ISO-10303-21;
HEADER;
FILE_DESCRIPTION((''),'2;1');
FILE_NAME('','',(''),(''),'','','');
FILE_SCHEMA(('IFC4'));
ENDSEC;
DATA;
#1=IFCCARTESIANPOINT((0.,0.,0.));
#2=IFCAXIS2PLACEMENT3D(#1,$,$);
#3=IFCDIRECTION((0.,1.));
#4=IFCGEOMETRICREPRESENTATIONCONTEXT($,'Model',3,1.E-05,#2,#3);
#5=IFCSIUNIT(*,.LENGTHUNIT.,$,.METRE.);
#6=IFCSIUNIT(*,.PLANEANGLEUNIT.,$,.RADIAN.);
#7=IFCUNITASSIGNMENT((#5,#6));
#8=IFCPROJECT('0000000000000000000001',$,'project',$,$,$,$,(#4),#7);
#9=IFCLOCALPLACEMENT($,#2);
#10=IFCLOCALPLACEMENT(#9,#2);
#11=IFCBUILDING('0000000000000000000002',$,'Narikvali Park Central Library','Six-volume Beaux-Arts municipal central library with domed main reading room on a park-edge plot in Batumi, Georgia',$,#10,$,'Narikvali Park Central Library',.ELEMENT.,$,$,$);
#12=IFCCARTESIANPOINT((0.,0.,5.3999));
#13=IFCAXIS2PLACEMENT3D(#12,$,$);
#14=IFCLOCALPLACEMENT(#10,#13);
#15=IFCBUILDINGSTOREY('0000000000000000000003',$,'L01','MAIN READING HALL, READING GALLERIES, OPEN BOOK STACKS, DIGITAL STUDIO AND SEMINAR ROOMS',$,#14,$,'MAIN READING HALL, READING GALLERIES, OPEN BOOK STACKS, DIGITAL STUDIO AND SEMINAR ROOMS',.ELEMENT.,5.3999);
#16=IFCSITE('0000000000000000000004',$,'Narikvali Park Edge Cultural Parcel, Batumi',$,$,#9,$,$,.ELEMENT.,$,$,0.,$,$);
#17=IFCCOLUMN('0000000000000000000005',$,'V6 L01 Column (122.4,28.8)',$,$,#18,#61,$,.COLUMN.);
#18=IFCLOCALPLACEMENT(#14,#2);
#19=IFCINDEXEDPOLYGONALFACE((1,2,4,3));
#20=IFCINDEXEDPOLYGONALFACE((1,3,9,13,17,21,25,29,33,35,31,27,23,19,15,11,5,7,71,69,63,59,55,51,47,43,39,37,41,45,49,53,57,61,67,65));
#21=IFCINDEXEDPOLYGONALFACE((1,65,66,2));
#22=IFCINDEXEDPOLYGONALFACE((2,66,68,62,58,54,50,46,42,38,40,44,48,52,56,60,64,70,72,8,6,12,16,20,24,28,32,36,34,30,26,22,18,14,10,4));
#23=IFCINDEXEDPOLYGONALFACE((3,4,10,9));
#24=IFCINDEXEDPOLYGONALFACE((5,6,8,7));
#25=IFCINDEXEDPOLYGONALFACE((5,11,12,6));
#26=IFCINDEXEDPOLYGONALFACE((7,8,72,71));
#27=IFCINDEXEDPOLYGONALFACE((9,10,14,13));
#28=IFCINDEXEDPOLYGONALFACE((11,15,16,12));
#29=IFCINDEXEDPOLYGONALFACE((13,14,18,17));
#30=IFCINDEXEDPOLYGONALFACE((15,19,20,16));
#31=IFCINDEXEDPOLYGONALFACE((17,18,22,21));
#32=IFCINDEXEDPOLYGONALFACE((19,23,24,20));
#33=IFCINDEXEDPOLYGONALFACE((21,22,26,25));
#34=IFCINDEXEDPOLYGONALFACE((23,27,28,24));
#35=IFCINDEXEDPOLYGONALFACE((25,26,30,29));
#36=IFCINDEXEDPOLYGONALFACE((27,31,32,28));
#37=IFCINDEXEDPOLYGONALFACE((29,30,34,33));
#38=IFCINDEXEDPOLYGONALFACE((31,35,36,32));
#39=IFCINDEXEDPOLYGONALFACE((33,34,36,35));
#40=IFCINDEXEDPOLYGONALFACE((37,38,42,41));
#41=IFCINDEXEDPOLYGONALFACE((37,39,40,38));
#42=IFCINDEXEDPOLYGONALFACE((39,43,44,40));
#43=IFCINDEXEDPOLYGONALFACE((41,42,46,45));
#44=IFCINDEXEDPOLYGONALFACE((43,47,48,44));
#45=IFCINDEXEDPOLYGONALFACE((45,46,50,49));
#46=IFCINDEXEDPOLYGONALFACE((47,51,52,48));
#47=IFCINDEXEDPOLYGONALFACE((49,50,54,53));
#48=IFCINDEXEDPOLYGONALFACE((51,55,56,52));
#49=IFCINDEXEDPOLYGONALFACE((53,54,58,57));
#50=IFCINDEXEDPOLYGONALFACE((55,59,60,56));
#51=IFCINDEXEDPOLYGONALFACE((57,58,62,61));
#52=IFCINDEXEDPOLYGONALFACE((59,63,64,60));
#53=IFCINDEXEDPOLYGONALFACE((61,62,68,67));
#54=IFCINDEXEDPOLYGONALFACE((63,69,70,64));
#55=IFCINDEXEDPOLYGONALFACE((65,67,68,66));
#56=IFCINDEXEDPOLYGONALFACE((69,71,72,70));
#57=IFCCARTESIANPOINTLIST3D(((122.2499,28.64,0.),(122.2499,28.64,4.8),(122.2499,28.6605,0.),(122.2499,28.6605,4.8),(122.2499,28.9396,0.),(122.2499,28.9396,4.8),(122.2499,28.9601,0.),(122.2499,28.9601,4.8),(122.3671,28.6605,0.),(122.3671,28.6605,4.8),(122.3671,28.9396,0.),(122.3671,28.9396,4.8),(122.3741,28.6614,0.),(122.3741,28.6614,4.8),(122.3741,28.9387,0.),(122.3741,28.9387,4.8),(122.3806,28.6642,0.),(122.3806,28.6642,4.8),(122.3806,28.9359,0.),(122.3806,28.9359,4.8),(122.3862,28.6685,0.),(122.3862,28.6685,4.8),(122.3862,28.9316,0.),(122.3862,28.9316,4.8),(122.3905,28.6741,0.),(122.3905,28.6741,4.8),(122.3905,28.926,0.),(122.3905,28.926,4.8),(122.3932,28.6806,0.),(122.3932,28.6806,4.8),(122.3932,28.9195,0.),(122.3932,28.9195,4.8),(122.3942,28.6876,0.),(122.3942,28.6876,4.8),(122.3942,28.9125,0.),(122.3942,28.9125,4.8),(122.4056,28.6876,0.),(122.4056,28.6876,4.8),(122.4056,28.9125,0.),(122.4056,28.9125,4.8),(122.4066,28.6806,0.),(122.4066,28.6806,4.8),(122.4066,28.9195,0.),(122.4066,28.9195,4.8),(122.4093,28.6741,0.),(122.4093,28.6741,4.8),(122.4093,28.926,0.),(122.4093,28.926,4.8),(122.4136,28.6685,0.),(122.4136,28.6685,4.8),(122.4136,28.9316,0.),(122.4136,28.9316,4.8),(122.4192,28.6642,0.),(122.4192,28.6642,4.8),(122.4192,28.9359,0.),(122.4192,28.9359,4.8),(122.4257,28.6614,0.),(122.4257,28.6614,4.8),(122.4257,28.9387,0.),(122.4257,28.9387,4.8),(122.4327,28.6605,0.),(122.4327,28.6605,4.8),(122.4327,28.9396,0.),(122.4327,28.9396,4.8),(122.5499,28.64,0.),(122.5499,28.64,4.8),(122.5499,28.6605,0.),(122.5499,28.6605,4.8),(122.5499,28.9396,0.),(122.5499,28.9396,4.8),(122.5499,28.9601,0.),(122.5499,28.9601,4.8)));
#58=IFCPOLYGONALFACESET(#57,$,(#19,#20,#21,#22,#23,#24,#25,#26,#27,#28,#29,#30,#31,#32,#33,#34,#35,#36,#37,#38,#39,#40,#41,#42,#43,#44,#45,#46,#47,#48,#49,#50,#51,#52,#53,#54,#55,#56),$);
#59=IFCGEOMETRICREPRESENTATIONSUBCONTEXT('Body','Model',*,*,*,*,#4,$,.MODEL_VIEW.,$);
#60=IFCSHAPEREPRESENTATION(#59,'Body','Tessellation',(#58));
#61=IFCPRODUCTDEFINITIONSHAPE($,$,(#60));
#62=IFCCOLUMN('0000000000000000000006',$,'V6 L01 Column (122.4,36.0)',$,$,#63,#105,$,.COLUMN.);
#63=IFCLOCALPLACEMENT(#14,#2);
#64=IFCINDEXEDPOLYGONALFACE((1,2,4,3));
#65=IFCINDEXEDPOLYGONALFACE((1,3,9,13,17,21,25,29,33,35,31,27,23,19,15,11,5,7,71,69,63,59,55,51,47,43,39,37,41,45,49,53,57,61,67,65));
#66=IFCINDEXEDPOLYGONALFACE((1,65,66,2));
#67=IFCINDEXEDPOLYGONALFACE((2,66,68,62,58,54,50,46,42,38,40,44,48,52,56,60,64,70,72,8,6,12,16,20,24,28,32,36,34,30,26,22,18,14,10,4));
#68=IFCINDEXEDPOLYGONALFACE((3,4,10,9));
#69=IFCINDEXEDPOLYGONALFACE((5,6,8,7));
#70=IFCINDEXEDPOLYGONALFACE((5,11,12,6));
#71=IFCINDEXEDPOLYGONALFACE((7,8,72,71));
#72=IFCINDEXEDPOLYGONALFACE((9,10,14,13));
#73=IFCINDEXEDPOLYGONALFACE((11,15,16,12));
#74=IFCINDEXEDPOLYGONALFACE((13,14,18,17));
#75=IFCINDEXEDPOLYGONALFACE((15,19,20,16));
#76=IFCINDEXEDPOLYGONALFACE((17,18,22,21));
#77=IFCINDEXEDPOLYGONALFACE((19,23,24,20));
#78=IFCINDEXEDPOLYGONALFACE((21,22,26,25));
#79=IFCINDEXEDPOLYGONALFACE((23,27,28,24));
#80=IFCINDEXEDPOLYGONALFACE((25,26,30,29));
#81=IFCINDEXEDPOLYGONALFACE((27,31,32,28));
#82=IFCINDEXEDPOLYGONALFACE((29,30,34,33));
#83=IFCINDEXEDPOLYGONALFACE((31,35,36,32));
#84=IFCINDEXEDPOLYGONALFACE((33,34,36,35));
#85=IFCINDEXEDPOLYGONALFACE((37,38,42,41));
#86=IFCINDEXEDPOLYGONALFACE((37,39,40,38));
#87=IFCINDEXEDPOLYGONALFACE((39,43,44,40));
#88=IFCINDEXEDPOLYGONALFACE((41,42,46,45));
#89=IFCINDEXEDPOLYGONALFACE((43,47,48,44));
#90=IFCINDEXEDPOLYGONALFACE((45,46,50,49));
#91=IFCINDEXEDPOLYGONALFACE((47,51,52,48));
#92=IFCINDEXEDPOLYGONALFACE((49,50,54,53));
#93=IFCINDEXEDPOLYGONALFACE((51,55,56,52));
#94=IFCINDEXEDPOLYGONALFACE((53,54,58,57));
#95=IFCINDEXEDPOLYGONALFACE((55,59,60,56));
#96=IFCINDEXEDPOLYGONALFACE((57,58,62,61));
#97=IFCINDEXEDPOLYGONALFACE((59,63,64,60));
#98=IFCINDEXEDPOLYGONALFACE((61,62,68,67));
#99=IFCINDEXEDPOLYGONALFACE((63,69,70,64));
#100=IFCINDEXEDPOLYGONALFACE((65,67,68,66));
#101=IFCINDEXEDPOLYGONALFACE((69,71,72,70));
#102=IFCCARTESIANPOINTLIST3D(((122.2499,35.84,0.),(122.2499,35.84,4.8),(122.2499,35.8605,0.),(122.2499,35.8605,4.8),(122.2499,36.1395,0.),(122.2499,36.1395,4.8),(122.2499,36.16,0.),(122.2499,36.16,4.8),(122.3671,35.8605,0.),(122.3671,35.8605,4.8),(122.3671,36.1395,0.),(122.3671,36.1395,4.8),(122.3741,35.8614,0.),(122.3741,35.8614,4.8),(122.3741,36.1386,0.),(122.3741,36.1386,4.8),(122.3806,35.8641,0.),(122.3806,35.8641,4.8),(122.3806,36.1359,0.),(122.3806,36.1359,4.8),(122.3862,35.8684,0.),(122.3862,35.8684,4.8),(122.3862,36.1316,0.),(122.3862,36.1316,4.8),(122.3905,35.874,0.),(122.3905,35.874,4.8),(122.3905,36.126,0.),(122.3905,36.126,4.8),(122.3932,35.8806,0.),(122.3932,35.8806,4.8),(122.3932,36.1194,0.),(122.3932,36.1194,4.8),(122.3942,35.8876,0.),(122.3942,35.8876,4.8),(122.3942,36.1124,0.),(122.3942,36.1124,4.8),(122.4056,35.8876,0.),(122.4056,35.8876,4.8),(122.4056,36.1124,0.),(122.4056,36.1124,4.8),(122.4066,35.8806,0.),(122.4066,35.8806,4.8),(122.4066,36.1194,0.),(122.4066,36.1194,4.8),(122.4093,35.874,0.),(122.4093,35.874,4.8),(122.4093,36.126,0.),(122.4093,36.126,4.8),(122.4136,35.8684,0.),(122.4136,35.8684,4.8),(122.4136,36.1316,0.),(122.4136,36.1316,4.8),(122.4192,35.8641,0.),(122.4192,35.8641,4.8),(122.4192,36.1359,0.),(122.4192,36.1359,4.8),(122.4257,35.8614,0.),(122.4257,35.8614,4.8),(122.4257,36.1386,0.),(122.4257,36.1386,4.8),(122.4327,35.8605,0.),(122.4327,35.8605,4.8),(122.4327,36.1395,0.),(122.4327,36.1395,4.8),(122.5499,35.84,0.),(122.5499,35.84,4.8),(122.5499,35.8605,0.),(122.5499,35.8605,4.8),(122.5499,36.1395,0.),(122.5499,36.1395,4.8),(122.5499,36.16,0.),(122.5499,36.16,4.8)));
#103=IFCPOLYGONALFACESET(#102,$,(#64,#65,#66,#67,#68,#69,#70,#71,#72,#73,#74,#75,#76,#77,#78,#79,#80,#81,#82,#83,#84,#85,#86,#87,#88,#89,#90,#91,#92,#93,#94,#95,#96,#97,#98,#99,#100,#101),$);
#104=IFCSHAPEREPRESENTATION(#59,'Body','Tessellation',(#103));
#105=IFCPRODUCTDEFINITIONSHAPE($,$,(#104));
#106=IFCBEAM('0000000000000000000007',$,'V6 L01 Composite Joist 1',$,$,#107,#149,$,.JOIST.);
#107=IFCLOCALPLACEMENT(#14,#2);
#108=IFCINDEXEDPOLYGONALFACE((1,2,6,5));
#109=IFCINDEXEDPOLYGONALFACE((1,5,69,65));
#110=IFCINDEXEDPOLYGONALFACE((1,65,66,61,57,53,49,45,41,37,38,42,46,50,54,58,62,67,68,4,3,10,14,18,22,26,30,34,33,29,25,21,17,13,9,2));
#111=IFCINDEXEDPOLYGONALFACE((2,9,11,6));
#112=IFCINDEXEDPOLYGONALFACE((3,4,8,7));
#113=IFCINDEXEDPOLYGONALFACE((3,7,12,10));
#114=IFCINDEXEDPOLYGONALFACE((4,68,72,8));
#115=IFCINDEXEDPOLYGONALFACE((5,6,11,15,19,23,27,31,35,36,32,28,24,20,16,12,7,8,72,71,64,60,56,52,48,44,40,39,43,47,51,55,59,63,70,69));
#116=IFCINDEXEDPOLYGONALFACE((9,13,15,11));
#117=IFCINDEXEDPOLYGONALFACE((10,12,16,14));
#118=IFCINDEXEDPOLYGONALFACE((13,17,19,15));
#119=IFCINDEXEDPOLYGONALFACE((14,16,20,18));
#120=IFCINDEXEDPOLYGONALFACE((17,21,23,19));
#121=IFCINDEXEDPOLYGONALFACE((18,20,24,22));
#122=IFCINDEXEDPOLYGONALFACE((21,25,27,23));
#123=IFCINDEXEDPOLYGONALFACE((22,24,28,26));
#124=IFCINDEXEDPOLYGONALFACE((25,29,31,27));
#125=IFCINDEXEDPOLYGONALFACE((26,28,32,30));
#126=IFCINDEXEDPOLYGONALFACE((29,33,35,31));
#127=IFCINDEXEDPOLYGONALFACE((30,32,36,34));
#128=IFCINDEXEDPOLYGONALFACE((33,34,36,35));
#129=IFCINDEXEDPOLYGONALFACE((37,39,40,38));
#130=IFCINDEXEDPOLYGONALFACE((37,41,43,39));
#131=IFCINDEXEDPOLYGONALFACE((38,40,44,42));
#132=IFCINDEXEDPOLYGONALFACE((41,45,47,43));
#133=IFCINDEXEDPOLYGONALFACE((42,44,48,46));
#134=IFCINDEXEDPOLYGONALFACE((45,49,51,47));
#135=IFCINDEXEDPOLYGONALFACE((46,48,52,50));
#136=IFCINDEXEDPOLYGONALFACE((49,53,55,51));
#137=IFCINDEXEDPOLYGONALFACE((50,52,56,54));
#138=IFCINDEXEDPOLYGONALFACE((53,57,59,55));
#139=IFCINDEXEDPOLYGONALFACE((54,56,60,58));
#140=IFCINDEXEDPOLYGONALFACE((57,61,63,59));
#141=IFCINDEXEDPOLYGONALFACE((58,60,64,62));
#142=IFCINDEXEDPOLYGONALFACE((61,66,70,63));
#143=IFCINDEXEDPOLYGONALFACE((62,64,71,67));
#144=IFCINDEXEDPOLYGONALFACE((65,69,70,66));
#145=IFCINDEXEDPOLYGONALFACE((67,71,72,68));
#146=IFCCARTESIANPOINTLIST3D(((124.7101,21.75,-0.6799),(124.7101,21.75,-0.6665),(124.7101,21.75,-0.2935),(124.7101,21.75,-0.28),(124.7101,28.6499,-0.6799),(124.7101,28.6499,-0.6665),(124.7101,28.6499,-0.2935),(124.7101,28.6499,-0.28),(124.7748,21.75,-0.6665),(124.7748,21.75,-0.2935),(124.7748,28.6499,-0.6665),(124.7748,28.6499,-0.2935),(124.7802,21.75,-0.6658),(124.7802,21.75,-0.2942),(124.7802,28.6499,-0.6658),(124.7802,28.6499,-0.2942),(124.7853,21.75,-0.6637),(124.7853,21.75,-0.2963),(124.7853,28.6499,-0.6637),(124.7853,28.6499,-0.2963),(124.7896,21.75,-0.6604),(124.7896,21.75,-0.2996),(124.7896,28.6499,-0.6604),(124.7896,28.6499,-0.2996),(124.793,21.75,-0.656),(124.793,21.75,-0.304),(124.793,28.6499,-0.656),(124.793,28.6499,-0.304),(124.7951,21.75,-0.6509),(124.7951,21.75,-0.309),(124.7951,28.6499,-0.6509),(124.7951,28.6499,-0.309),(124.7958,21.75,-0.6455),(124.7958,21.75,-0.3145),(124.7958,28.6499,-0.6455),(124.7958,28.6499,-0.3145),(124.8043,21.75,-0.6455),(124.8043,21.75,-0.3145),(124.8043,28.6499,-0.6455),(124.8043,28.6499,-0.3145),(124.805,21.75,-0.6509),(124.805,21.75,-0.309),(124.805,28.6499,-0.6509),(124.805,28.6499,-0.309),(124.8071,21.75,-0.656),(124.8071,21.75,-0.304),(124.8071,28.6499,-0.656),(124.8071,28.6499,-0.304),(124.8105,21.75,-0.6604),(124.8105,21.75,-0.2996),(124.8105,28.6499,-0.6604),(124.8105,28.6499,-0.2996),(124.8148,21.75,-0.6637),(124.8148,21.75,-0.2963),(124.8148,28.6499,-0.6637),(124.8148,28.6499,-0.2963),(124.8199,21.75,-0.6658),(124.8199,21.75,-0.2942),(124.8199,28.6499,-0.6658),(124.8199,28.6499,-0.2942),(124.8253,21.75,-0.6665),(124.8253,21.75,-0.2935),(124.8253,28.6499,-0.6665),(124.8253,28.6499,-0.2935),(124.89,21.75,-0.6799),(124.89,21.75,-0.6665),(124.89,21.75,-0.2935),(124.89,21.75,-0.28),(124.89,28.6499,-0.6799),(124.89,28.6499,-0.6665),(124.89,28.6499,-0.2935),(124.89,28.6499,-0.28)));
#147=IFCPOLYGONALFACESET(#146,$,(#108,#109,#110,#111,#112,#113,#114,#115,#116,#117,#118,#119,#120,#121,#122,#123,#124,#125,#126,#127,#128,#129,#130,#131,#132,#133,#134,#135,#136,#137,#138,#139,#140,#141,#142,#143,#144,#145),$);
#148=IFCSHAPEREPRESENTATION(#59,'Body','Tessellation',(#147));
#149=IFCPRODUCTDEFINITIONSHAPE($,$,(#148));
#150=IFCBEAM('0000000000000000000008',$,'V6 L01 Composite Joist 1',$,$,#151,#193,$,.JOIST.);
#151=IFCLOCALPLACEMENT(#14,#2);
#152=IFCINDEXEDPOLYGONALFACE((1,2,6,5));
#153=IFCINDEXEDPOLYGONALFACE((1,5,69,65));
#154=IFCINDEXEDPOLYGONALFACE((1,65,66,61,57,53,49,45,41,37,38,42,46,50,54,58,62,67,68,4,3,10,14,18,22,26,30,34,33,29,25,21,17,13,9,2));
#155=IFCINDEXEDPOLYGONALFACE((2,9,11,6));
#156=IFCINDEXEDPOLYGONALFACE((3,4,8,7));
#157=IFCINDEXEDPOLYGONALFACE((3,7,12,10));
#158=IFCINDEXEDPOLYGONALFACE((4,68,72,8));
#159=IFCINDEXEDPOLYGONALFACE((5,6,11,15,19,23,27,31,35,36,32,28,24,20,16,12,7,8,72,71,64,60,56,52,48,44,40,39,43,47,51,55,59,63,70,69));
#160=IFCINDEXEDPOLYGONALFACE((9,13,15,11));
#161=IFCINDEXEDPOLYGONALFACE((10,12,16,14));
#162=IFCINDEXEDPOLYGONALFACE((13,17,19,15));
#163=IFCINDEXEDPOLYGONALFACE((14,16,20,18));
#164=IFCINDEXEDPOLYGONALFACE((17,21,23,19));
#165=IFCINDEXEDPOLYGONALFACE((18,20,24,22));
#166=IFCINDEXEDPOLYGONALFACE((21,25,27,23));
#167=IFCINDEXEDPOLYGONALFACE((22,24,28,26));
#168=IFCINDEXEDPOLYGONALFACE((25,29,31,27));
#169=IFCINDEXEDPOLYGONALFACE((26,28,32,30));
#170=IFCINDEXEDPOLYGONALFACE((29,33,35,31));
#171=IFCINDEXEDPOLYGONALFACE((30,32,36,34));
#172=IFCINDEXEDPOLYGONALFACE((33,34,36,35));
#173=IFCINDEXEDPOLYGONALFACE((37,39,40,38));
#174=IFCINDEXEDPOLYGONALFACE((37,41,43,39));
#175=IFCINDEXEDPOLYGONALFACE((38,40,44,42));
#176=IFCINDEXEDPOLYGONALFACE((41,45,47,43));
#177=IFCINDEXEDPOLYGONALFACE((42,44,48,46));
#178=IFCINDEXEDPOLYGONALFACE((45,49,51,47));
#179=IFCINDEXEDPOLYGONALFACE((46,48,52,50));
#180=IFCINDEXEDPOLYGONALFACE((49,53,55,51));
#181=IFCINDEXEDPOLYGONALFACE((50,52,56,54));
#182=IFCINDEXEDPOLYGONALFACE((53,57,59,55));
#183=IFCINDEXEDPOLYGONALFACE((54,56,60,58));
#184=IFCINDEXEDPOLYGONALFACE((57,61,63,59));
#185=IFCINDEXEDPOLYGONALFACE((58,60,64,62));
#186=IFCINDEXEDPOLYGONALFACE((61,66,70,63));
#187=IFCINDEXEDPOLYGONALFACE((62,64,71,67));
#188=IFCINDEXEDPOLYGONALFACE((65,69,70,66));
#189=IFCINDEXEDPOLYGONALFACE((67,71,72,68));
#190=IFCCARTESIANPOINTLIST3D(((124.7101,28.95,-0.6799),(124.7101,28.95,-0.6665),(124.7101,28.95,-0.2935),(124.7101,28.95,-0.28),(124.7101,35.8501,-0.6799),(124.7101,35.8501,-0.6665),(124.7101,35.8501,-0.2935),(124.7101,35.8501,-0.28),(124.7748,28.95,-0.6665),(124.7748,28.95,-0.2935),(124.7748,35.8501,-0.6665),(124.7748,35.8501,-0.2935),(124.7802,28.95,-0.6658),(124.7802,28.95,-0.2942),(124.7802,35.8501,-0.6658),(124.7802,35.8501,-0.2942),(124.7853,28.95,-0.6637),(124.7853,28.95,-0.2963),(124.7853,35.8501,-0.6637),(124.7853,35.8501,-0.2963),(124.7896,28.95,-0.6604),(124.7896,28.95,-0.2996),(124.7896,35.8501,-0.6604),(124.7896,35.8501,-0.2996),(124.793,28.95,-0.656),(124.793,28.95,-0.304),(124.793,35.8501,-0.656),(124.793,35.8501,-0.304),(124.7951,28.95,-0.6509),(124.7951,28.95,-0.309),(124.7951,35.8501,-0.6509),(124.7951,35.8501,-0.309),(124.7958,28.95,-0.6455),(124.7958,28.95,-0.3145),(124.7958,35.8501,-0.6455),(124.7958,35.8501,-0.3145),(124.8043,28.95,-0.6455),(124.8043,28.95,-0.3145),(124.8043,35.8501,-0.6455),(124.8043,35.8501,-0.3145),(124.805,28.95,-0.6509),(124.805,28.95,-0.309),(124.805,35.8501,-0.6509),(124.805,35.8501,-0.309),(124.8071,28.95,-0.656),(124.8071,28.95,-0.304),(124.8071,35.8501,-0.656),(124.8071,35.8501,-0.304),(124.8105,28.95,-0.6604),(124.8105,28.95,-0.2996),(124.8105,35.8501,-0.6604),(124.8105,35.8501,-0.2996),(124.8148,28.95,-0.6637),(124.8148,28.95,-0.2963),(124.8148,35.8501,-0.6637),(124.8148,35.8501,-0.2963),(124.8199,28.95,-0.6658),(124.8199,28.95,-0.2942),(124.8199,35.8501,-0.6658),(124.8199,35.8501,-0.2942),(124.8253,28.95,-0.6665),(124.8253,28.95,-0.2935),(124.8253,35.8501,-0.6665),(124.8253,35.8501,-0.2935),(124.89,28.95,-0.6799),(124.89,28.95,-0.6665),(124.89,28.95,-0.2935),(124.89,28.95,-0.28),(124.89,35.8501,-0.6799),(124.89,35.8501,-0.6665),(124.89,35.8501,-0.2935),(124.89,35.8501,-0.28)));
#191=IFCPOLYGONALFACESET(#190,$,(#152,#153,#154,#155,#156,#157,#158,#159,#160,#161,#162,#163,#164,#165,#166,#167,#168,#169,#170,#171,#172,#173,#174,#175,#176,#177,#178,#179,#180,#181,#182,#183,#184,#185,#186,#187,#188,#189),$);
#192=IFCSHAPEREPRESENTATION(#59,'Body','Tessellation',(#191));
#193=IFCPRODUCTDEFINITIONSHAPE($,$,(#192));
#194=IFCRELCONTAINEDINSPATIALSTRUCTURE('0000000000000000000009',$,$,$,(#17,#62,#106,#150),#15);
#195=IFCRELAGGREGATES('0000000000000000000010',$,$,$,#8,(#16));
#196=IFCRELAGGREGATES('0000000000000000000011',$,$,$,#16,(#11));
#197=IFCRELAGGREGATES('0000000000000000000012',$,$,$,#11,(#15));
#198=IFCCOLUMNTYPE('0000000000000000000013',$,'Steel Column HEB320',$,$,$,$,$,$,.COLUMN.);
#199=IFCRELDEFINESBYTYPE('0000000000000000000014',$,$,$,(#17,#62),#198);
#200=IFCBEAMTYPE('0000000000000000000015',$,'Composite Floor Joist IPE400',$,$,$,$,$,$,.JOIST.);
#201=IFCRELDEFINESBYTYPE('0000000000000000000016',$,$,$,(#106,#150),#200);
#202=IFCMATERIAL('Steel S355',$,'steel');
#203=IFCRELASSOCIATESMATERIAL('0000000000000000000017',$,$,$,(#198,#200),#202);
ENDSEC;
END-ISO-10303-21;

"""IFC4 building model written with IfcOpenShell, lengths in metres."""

from ifc_helpers import new_model, si_unit, direction, frame, origin, origin_2d, place, context, subcontext, project, spatial, i_section, extrude, material, material_profile, profile_set, type_object, element, save


model = new_model("IFC4")

# Units and contexts
model_context = context("Model", 3, precision=1e-05, world=origin(), true_north=direction((0.0, 1.0)))
body_context = subcontext(model_context, "Body", "Model", "MODEL_VIEW")
ifc_project = project(units=[si_unit("LENGTHUNIT", "METRE"), si_unit("PLANEANGLEUNIT", "RADIAN")], contexts=[model_context])

# Site, building, storey
site_placement = place(None, origin())
site = spatial("IfcSite", under=ifc_project, at=site_placement, Name="Narikvali Park Edge Cultural Parcel, Batumi", CompositionType="ELEMENT", RefElevation=0.0)
building_placement = place(site_placement, origin())
building = spatial("IfcBuilding", under=site, at=building_placement, Name="Narikvali Park Central Library", Description="Six-volume Beaux-Arts municipal central library with domed main reading room on a park-edge plot in Batumi, Georgia", LongName="Narikvali Park Central Library", CompositionType="ELEMENT")
storey_placement = place(building_placement, frame((0.0, 0.0, 5.3999)))
storey = spatial("IfcBuildingStorey", under=building, at=storey_placement, Name="L01", Description="MAIN READING HALL, READING GALLERIES, OPEN BOOK STACKS, DIGITAL STUDIO AND SEMINAR ROOMS", LongName="MAIN READING HALL, READING GALLERIES, OPEN BOOK STACKS, DIGITAL STUDIO AND SEMINAR ROOMS", CompositionType="ELEMENT", Elevation=5.3999)

# Columns
ifc_material_1 = material(Name="Steel S355", Category="steel")
ifc_material_profile_1 = material_profile(ifc_material_1, i_section(OverallWidth=0.3, OverallDepth=0.3201, WebThickness=0.0115, FlangeThickness=0.0205, FilletRadius=0.0271, at=origin_2d()), Name="HEB 320")
ifc_profile_set_1 = profile_set([ifc_material_profile_1], Name="Steel S355")
column_type = type_object("IfcColumnType", Name="Steel Column HEB320", PredefinedType="COLUMN", material=ifc_profile_set_1)
for number, where, z_axis, x_axis, name in (
    (1, (122.3999, 28.8, 0.0), (0.0, 0.0, 1.0), (1.0, 0.0, 0.0), "V6 L01 Column (122.4,28.8)"),
    (2, (122.3999, 36.0, 0.0), (0.0, 0.0, 1.0), (1.0, 0.0, 0.0), "V6 L01 Column (122.4,36.0)"),
):
    element("IfcColumn", number, at=place(storey_placement, frame(where, z_axis=z_axis, x_axis=x_axis)), inside=storey, type_object=column_type, Name=name, PredefinedType="COLUMN", context=body_context, shape_type="SweptSolid", body=[
        extrude(i_section(OverallWidth=0.3, OverallDepth=0.3201, WebThickness=0.0115, FlangeThickness=0.0205, FilletRadius=0.0271, at=origin_2d()), origin(), (0.0, 0.0, 1.0), 4.8),
    ])

# Beams
ifc_material_profile_2 = material_profile(ifc_material_1, i_section(OverallWidth=0.1799, OverallDepth=0.3999, WebThickness=0.0085, FlangeThickness=0.0134, FilletRadius=0.021, at=origin_2d()), Name="IPE 400")
ifc_profile_set_2 = profile_set([ifc_material_profile_2], Name="Steel S355")
beam_type_1 = type_object("IfcBeamType", Name="Composite Floor Joist IPE400", PredefinedType="JOIST", material=ifc_profile_set_2)
beam_1_placement = place(storey_placement, frame((124.8, 21.75, -0.48), z_axis=(0.0, 1.0, 0.0), x_axis=(-1.0, 0.0, 0.0)))
element("IfcBeam", 3, at=beam_1_placement, inside=storey, type_object=beam_type_1, Name="V6 L01 Composite Joist 1", PredefinedType="JOIST", context=body_context, shape_type="SweptSolid", body=[
    extrude(i_section(OverallWidth=0.1799, OverallDepth=0.3999, WebThickness=0.0085, FlangeThickness=0.0134, FilletRadius=0.021, at=origin_2d()), origin(), (0.0, 0.0, 1.0), 6.8999),
])
for number, where, z_axis, x_axis, name in (
    (4, (124.8, 28.95, -0.48), (0.0, 1.0, 0.0), (-1.0, 0.0, 0.0), "V6 L01 Composite Joist 1"),
):
    element("IfcBeam", number, at=place(storey_placement, frame(where, z_axis=z_axis, x_axis=x_axis)), inside=storey, type_object=beam_type_1, Name=name, PredefinedType="JOIST", context=body_context, shape_type="SweptSolid", body=[
        extrude(i_section(OverallWidth=0.1799, OverallDepth=0.3999, WebThickness=0.0085, FlangeThickness=0.0134, FilletRadius=0.021, at=origin_2d()), origin(), (0.0, 0.0, 1.0), 6.9001),
    ])

save(model, "model.ifc")
